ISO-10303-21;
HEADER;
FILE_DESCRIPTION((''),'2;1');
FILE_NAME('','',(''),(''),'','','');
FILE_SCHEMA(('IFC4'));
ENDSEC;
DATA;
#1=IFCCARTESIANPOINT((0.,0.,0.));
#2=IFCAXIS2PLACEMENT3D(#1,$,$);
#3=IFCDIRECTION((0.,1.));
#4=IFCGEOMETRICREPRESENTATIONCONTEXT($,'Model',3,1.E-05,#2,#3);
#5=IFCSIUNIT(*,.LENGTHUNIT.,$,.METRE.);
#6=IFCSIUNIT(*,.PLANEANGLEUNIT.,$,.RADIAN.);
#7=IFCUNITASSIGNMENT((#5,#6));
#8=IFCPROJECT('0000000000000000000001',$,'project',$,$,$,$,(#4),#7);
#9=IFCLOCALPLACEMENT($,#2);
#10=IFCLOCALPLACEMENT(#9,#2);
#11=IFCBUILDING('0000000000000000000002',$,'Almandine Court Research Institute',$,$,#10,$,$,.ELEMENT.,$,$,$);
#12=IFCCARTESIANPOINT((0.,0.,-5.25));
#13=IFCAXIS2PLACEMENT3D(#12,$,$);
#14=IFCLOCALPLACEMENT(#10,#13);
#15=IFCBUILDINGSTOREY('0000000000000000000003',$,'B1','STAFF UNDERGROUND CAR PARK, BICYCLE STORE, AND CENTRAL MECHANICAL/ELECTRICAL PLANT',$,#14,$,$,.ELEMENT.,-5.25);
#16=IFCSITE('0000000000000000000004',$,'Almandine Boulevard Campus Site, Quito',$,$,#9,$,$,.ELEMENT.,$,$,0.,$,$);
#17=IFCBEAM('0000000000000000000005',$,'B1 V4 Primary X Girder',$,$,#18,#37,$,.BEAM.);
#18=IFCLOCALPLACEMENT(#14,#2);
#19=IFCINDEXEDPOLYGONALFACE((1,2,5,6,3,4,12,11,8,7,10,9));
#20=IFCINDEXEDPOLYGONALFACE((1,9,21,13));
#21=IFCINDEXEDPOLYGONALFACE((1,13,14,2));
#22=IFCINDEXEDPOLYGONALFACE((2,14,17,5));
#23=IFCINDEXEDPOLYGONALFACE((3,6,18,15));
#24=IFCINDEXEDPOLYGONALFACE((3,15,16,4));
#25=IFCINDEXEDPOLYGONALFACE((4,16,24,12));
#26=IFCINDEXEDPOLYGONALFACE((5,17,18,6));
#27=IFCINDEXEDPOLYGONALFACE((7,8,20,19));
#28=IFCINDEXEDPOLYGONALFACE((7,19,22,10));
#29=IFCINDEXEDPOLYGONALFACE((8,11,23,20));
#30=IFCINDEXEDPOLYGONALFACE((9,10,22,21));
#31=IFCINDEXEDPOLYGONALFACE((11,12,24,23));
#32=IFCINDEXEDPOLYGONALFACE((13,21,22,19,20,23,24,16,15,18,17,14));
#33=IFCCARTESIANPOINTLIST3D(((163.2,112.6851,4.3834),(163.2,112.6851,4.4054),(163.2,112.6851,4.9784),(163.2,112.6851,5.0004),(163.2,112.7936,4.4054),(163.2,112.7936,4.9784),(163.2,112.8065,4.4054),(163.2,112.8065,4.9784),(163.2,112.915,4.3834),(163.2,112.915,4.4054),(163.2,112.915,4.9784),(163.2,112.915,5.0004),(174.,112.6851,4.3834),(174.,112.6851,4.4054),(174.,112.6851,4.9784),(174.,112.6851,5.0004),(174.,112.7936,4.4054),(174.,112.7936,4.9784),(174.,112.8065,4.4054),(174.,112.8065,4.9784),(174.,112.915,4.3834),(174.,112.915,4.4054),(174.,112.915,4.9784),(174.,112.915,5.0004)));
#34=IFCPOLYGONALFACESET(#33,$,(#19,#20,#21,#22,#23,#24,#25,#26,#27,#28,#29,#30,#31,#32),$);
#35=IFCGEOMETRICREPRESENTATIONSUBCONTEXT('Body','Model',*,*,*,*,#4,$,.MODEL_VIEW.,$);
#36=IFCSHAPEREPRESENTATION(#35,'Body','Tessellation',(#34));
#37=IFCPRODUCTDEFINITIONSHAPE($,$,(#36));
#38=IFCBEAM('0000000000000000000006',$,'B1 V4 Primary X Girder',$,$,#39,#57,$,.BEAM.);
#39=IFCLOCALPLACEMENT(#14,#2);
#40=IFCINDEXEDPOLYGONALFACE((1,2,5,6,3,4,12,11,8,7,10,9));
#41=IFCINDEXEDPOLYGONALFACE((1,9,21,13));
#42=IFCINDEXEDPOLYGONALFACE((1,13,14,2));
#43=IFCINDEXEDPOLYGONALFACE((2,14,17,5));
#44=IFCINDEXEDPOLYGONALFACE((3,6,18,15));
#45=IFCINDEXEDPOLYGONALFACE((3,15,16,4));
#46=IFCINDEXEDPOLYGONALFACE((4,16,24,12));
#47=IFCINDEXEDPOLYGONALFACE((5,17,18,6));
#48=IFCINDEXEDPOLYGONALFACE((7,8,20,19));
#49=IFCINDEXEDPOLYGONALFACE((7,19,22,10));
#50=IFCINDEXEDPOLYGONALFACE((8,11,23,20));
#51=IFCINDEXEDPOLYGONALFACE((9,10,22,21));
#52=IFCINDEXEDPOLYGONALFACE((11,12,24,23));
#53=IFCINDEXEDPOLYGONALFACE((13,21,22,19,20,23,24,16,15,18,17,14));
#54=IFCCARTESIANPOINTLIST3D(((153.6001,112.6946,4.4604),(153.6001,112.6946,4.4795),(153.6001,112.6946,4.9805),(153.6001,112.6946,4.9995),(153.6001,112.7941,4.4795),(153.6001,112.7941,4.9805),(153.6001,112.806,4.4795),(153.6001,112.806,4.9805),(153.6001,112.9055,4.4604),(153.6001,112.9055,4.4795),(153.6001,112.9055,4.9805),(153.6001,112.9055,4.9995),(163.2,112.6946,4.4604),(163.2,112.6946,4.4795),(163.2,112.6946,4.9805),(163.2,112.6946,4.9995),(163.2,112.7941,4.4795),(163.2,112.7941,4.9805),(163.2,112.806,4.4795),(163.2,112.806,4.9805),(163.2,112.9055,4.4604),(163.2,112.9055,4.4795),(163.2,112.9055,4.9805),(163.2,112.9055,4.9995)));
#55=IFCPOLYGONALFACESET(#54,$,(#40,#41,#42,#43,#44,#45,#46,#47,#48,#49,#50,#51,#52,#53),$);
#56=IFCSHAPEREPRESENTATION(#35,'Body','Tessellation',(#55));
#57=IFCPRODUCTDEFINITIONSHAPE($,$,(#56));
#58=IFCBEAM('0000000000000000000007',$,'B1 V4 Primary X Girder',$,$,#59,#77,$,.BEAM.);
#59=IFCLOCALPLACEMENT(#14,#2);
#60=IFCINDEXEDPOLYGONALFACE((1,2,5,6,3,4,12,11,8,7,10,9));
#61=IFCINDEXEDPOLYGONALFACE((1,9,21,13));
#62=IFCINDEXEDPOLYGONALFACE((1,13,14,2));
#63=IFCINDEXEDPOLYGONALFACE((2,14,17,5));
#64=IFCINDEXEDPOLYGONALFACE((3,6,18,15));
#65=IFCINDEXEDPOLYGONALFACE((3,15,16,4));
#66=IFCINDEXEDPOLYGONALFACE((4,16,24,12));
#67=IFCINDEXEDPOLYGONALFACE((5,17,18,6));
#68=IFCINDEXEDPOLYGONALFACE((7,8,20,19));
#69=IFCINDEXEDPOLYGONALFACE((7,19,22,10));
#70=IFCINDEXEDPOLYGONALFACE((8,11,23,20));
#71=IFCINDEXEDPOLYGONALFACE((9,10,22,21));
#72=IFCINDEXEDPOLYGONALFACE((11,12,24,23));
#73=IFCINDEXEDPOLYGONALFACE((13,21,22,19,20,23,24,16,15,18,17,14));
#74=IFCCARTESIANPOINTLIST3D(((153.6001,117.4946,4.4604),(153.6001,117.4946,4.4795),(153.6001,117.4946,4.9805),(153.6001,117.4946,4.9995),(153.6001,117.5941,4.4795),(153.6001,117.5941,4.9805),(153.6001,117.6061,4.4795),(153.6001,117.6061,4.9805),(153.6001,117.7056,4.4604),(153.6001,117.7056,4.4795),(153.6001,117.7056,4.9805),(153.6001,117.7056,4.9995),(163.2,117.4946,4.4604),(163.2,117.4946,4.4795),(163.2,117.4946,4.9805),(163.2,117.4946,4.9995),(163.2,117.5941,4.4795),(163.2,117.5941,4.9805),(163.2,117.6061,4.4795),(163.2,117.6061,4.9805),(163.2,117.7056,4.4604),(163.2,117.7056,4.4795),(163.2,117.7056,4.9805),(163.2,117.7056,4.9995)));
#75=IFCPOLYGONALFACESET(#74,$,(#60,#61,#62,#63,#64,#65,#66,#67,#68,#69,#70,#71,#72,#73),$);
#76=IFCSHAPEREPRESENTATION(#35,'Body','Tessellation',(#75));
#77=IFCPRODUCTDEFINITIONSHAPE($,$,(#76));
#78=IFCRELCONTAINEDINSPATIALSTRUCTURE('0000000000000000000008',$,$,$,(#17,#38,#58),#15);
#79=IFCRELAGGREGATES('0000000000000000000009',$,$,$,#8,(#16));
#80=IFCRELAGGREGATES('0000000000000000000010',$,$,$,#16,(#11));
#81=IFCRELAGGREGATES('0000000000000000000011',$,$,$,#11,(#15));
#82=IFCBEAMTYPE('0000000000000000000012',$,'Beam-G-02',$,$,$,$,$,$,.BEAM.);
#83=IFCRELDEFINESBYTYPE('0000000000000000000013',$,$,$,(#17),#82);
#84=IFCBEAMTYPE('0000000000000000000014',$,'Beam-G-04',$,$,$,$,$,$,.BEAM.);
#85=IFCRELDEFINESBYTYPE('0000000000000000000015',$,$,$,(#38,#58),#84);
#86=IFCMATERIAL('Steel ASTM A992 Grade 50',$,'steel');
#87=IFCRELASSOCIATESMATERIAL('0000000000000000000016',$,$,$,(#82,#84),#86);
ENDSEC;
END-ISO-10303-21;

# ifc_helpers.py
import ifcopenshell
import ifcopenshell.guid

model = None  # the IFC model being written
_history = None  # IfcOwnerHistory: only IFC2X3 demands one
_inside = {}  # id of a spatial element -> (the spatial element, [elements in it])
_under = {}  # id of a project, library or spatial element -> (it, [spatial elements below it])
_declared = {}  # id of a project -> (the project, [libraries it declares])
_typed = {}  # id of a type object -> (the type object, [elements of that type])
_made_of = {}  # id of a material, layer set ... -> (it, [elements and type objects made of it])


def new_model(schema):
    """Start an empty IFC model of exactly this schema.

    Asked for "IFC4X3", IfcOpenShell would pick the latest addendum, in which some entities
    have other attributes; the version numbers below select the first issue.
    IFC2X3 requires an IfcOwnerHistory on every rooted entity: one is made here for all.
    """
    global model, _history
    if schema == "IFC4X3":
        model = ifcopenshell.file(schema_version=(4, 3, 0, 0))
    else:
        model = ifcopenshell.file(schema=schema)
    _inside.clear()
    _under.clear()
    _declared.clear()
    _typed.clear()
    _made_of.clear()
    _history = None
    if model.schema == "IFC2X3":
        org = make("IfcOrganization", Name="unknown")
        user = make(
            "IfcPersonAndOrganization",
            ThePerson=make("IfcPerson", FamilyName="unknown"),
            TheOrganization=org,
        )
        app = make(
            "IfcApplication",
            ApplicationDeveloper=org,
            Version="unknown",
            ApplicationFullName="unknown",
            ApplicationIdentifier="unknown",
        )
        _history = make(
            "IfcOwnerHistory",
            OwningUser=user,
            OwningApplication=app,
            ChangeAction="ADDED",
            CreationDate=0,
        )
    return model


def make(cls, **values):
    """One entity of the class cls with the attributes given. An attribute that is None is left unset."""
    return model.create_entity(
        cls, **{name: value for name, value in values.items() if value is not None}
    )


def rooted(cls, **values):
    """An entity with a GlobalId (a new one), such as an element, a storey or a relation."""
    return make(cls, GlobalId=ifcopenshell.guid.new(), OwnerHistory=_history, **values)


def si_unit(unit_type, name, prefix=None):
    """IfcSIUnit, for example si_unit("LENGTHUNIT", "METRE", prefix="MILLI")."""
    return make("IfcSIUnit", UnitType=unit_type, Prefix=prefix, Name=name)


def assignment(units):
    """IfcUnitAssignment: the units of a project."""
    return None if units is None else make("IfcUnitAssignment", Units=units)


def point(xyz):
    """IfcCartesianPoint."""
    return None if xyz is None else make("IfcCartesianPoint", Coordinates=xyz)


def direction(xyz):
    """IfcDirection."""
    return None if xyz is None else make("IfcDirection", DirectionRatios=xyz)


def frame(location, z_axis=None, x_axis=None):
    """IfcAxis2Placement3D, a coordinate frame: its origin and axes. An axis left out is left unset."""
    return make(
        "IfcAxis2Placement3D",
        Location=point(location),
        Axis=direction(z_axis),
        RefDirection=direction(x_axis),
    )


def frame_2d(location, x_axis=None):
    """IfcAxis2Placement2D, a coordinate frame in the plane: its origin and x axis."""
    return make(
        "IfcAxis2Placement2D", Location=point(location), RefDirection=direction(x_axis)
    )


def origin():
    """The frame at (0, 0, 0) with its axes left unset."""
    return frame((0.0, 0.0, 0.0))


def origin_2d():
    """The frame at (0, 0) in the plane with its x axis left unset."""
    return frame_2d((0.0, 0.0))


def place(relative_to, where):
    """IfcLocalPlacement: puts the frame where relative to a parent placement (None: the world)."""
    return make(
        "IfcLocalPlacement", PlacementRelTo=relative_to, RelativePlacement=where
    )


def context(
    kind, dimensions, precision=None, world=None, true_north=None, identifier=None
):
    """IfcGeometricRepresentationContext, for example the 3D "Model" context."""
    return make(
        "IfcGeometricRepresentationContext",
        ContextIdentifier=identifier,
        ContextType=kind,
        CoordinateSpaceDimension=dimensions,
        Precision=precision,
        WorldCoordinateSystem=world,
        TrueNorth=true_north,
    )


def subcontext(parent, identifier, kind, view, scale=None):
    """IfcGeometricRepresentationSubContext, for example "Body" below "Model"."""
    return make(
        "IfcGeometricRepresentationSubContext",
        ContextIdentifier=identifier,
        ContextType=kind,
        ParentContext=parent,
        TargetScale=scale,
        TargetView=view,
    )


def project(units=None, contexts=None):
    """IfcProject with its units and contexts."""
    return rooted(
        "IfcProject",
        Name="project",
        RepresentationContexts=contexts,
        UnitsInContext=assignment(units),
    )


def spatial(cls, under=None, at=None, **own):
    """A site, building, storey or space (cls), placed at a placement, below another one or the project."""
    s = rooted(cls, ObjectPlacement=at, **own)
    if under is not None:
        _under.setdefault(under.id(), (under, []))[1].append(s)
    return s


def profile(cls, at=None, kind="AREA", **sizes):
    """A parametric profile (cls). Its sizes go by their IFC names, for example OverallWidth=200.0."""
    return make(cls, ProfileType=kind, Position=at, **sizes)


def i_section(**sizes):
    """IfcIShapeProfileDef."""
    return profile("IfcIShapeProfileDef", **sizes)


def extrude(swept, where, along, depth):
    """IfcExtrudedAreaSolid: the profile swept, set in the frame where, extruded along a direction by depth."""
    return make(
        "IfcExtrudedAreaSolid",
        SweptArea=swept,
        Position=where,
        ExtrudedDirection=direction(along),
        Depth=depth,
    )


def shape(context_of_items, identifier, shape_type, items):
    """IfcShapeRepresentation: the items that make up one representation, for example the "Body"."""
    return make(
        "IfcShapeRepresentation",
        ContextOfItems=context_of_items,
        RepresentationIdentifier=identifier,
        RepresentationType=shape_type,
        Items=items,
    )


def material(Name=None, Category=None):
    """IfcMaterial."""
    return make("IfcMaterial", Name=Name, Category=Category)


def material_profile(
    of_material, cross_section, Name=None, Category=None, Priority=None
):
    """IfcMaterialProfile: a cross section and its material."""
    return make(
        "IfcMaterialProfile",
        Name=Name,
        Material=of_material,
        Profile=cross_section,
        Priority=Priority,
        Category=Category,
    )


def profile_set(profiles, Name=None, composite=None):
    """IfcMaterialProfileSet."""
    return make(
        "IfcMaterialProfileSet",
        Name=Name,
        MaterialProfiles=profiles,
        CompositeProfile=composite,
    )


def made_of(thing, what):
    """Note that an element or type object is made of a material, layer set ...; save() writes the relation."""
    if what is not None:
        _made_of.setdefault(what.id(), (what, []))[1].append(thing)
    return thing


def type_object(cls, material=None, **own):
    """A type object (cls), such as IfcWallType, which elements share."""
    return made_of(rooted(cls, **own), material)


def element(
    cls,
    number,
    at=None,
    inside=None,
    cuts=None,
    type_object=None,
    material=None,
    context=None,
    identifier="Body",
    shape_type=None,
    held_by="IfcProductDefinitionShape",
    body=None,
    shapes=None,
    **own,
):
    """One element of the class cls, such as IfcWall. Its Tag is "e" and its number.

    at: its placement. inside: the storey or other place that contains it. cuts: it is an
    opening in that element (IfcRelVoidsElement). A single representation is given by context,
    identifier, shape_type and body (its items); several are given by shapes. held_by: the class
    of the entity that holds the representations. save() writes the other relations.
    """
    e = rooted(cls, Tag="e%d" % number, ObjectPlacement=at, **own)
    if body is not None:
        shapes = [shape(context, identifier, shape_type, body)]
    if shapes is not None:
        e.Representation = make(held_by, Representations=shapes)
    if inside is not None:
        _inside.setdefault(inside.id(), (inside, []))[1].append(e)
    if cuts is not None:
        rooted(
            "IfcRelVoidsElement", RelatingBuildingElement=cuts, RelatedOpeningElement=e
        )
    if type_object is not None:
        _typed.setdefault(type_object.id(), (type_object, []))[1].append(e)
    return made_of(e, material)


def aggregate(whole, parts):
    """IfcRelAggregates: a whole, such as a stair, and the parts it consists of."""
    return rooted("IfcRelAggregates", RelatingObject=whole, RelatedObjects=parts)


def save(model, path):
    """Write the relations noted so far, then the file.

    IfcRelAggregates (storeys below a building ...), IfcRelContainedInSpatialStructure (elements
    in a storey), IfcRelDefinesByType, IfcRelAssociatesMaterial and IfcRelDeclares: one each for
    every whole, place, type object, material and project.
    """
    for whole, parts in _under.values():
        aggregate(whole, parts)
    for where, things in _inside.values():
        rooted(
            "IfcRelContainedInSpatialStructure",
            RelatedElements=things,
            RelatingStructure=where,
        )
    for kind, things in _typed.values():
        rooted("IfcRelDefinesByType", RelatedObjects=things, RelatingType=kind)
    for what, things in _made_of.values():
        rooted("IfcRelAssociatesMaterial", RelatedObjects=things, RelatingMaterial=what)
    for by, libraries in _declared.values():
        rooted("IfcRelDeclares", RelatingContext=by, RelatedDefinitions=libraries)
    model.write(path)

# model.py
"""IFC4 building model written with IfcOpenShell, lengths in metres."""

from ifc_helpers import new_model, si_unit, direction, frame, origin, origin_2d, place, context, subcontext, project, spatial, i_section, extrude, material, material_profile, profile_set, type_object, element, save


model = new_model("IFC4")

# Units and contexts
model_context = context("Model", 3, precision=1e-05, world=origin(), true_north=direction((0.0, 1.0)))
body_context = subcontext(model_context, "Body", "Model", "MODEL_VIEW")
ifc_project = project(units=[si_unit("LENGTHUNIT", "METRE"), si_unit("PLANEANGLEUNIT", "RADIAN")], contexts=[model_context])

# Site, building, storey
site_placement = place(None, origin())
site = spatial("IfcSite", under=ifc_project, at=site_placement, Name="Almandine Boulevard Campus Site, Quito", CompositionType="ELEMENT", RefElevation=0.0)
building_placement = place(site_placement, origin())
building = spatial("IfcBuilding", under=site, at=building_placement, Name="Almandine Court Research Institute", CompositionType="ELEMENT")
storey_placement = place(building_placement, frame((0.0, 0.0, -5.25)))
storey = spatial("IfcBuildingStorey", under=building, at=storey_placement, Name="B1", Description="STAFF UNDERGROUND CAR PARK, BICYCLE STORE, AND CENTRAL MECHANICAL/ELECTRICAL PLANT", CompositionType="ELEMENT", Elevation=-5.25)

# Beams
ifc_material_1 = material(Name="Steel ASTM A992 Grade 50", Category="steel")
ifc_material_profile_1 = material_profile(ifc_material_1, i_section(OverallWidth=0.23, OverallDepth=0.6169, WebThickness=0.0129, FlangeThickness=0.022, at=origin_2d()), Name="W610x140")
ifc_profile_set_1 = profile_set([ifc_material_profile_1], Name="Steel ASTM A992 Grade 50")
beam_type_1 = type_object("IfcBeamType", Name="Beam-G-02", PredefinedType="BEAM", material=ifc_profile_set_1)
for number, where, z_axis, x_axis, name in (
    (1, (163.2, 112.8, 4.6919), (1.0, 0.0, 0.0), (0.0, 1.0, 0.0), "B1 V4 Primary X Girder"),
):
    element("IfcBeam", number, at=place(storey_placement, frame(where, z_axis=z_axis, x_axis=x_axis)), inside=storey, type_object=beam_type_1, Name=name, PredefinedType="BEAM", context=body_context, shape_type="SweptSolid", body=[
        extrude(i_section(OverallWidth=0.23, OverallDepth=0.6169, WebThickness=0.0129, FlangeThickness=0.022, at=origin_2d()), origin(), (0.0, 0.0, 1.0), 10.8),
    ])
ifc_material_profile_2 = material_profile(ifc_material_1, i_section(OverallWidth=0.2109, OverallDepth=0.5391, WebThickness=0.012, FlangeThickness=0.019, at=origin_2d()), Name="W530x109")
ifc_profile_set_2 = profile_set([ifc_material_profile_2], Name="Steel ASTM A992 Grade 50")
beam_type_2 = type_object("IfcBeamType", Name="Beam-G-04", PredefinedType="BEAM", material=ifc_profile_set_2)
for number, where, z_axis, x_axis, name in (
    (2, (153.6001, 112.8, 4.73), (1.0, 0.0, 0.0), (0.0, 1.0, 0.0), "B1 V4 Primary X Girder"),
    (3, (153.6001, 117.6001, 4.73), (1.0, 0.0, 0.0), (0.0, 1.0, 0.0), "B1 V4 Primary X Girder"),
):
    element("IfcBeam", number, at=place(storey_placement, frame(where, z_axis=z_axis, x_axis=x_axis)), inside=storey, type_object=beam_type_2, Name=name, PredefinedType="BEAM", context=body_context, shape_type="SweptSolid", body=[
        extrude(i_section(OverallWidth=0.2109, OverallDepth=0.5391, WebThickness=0.012, FlangeThickness=0.019, at=origin_2d()), origin(), (0.0, 0.0, 1.0), 9.5999),
    ])

save(model, "model.ifc")
